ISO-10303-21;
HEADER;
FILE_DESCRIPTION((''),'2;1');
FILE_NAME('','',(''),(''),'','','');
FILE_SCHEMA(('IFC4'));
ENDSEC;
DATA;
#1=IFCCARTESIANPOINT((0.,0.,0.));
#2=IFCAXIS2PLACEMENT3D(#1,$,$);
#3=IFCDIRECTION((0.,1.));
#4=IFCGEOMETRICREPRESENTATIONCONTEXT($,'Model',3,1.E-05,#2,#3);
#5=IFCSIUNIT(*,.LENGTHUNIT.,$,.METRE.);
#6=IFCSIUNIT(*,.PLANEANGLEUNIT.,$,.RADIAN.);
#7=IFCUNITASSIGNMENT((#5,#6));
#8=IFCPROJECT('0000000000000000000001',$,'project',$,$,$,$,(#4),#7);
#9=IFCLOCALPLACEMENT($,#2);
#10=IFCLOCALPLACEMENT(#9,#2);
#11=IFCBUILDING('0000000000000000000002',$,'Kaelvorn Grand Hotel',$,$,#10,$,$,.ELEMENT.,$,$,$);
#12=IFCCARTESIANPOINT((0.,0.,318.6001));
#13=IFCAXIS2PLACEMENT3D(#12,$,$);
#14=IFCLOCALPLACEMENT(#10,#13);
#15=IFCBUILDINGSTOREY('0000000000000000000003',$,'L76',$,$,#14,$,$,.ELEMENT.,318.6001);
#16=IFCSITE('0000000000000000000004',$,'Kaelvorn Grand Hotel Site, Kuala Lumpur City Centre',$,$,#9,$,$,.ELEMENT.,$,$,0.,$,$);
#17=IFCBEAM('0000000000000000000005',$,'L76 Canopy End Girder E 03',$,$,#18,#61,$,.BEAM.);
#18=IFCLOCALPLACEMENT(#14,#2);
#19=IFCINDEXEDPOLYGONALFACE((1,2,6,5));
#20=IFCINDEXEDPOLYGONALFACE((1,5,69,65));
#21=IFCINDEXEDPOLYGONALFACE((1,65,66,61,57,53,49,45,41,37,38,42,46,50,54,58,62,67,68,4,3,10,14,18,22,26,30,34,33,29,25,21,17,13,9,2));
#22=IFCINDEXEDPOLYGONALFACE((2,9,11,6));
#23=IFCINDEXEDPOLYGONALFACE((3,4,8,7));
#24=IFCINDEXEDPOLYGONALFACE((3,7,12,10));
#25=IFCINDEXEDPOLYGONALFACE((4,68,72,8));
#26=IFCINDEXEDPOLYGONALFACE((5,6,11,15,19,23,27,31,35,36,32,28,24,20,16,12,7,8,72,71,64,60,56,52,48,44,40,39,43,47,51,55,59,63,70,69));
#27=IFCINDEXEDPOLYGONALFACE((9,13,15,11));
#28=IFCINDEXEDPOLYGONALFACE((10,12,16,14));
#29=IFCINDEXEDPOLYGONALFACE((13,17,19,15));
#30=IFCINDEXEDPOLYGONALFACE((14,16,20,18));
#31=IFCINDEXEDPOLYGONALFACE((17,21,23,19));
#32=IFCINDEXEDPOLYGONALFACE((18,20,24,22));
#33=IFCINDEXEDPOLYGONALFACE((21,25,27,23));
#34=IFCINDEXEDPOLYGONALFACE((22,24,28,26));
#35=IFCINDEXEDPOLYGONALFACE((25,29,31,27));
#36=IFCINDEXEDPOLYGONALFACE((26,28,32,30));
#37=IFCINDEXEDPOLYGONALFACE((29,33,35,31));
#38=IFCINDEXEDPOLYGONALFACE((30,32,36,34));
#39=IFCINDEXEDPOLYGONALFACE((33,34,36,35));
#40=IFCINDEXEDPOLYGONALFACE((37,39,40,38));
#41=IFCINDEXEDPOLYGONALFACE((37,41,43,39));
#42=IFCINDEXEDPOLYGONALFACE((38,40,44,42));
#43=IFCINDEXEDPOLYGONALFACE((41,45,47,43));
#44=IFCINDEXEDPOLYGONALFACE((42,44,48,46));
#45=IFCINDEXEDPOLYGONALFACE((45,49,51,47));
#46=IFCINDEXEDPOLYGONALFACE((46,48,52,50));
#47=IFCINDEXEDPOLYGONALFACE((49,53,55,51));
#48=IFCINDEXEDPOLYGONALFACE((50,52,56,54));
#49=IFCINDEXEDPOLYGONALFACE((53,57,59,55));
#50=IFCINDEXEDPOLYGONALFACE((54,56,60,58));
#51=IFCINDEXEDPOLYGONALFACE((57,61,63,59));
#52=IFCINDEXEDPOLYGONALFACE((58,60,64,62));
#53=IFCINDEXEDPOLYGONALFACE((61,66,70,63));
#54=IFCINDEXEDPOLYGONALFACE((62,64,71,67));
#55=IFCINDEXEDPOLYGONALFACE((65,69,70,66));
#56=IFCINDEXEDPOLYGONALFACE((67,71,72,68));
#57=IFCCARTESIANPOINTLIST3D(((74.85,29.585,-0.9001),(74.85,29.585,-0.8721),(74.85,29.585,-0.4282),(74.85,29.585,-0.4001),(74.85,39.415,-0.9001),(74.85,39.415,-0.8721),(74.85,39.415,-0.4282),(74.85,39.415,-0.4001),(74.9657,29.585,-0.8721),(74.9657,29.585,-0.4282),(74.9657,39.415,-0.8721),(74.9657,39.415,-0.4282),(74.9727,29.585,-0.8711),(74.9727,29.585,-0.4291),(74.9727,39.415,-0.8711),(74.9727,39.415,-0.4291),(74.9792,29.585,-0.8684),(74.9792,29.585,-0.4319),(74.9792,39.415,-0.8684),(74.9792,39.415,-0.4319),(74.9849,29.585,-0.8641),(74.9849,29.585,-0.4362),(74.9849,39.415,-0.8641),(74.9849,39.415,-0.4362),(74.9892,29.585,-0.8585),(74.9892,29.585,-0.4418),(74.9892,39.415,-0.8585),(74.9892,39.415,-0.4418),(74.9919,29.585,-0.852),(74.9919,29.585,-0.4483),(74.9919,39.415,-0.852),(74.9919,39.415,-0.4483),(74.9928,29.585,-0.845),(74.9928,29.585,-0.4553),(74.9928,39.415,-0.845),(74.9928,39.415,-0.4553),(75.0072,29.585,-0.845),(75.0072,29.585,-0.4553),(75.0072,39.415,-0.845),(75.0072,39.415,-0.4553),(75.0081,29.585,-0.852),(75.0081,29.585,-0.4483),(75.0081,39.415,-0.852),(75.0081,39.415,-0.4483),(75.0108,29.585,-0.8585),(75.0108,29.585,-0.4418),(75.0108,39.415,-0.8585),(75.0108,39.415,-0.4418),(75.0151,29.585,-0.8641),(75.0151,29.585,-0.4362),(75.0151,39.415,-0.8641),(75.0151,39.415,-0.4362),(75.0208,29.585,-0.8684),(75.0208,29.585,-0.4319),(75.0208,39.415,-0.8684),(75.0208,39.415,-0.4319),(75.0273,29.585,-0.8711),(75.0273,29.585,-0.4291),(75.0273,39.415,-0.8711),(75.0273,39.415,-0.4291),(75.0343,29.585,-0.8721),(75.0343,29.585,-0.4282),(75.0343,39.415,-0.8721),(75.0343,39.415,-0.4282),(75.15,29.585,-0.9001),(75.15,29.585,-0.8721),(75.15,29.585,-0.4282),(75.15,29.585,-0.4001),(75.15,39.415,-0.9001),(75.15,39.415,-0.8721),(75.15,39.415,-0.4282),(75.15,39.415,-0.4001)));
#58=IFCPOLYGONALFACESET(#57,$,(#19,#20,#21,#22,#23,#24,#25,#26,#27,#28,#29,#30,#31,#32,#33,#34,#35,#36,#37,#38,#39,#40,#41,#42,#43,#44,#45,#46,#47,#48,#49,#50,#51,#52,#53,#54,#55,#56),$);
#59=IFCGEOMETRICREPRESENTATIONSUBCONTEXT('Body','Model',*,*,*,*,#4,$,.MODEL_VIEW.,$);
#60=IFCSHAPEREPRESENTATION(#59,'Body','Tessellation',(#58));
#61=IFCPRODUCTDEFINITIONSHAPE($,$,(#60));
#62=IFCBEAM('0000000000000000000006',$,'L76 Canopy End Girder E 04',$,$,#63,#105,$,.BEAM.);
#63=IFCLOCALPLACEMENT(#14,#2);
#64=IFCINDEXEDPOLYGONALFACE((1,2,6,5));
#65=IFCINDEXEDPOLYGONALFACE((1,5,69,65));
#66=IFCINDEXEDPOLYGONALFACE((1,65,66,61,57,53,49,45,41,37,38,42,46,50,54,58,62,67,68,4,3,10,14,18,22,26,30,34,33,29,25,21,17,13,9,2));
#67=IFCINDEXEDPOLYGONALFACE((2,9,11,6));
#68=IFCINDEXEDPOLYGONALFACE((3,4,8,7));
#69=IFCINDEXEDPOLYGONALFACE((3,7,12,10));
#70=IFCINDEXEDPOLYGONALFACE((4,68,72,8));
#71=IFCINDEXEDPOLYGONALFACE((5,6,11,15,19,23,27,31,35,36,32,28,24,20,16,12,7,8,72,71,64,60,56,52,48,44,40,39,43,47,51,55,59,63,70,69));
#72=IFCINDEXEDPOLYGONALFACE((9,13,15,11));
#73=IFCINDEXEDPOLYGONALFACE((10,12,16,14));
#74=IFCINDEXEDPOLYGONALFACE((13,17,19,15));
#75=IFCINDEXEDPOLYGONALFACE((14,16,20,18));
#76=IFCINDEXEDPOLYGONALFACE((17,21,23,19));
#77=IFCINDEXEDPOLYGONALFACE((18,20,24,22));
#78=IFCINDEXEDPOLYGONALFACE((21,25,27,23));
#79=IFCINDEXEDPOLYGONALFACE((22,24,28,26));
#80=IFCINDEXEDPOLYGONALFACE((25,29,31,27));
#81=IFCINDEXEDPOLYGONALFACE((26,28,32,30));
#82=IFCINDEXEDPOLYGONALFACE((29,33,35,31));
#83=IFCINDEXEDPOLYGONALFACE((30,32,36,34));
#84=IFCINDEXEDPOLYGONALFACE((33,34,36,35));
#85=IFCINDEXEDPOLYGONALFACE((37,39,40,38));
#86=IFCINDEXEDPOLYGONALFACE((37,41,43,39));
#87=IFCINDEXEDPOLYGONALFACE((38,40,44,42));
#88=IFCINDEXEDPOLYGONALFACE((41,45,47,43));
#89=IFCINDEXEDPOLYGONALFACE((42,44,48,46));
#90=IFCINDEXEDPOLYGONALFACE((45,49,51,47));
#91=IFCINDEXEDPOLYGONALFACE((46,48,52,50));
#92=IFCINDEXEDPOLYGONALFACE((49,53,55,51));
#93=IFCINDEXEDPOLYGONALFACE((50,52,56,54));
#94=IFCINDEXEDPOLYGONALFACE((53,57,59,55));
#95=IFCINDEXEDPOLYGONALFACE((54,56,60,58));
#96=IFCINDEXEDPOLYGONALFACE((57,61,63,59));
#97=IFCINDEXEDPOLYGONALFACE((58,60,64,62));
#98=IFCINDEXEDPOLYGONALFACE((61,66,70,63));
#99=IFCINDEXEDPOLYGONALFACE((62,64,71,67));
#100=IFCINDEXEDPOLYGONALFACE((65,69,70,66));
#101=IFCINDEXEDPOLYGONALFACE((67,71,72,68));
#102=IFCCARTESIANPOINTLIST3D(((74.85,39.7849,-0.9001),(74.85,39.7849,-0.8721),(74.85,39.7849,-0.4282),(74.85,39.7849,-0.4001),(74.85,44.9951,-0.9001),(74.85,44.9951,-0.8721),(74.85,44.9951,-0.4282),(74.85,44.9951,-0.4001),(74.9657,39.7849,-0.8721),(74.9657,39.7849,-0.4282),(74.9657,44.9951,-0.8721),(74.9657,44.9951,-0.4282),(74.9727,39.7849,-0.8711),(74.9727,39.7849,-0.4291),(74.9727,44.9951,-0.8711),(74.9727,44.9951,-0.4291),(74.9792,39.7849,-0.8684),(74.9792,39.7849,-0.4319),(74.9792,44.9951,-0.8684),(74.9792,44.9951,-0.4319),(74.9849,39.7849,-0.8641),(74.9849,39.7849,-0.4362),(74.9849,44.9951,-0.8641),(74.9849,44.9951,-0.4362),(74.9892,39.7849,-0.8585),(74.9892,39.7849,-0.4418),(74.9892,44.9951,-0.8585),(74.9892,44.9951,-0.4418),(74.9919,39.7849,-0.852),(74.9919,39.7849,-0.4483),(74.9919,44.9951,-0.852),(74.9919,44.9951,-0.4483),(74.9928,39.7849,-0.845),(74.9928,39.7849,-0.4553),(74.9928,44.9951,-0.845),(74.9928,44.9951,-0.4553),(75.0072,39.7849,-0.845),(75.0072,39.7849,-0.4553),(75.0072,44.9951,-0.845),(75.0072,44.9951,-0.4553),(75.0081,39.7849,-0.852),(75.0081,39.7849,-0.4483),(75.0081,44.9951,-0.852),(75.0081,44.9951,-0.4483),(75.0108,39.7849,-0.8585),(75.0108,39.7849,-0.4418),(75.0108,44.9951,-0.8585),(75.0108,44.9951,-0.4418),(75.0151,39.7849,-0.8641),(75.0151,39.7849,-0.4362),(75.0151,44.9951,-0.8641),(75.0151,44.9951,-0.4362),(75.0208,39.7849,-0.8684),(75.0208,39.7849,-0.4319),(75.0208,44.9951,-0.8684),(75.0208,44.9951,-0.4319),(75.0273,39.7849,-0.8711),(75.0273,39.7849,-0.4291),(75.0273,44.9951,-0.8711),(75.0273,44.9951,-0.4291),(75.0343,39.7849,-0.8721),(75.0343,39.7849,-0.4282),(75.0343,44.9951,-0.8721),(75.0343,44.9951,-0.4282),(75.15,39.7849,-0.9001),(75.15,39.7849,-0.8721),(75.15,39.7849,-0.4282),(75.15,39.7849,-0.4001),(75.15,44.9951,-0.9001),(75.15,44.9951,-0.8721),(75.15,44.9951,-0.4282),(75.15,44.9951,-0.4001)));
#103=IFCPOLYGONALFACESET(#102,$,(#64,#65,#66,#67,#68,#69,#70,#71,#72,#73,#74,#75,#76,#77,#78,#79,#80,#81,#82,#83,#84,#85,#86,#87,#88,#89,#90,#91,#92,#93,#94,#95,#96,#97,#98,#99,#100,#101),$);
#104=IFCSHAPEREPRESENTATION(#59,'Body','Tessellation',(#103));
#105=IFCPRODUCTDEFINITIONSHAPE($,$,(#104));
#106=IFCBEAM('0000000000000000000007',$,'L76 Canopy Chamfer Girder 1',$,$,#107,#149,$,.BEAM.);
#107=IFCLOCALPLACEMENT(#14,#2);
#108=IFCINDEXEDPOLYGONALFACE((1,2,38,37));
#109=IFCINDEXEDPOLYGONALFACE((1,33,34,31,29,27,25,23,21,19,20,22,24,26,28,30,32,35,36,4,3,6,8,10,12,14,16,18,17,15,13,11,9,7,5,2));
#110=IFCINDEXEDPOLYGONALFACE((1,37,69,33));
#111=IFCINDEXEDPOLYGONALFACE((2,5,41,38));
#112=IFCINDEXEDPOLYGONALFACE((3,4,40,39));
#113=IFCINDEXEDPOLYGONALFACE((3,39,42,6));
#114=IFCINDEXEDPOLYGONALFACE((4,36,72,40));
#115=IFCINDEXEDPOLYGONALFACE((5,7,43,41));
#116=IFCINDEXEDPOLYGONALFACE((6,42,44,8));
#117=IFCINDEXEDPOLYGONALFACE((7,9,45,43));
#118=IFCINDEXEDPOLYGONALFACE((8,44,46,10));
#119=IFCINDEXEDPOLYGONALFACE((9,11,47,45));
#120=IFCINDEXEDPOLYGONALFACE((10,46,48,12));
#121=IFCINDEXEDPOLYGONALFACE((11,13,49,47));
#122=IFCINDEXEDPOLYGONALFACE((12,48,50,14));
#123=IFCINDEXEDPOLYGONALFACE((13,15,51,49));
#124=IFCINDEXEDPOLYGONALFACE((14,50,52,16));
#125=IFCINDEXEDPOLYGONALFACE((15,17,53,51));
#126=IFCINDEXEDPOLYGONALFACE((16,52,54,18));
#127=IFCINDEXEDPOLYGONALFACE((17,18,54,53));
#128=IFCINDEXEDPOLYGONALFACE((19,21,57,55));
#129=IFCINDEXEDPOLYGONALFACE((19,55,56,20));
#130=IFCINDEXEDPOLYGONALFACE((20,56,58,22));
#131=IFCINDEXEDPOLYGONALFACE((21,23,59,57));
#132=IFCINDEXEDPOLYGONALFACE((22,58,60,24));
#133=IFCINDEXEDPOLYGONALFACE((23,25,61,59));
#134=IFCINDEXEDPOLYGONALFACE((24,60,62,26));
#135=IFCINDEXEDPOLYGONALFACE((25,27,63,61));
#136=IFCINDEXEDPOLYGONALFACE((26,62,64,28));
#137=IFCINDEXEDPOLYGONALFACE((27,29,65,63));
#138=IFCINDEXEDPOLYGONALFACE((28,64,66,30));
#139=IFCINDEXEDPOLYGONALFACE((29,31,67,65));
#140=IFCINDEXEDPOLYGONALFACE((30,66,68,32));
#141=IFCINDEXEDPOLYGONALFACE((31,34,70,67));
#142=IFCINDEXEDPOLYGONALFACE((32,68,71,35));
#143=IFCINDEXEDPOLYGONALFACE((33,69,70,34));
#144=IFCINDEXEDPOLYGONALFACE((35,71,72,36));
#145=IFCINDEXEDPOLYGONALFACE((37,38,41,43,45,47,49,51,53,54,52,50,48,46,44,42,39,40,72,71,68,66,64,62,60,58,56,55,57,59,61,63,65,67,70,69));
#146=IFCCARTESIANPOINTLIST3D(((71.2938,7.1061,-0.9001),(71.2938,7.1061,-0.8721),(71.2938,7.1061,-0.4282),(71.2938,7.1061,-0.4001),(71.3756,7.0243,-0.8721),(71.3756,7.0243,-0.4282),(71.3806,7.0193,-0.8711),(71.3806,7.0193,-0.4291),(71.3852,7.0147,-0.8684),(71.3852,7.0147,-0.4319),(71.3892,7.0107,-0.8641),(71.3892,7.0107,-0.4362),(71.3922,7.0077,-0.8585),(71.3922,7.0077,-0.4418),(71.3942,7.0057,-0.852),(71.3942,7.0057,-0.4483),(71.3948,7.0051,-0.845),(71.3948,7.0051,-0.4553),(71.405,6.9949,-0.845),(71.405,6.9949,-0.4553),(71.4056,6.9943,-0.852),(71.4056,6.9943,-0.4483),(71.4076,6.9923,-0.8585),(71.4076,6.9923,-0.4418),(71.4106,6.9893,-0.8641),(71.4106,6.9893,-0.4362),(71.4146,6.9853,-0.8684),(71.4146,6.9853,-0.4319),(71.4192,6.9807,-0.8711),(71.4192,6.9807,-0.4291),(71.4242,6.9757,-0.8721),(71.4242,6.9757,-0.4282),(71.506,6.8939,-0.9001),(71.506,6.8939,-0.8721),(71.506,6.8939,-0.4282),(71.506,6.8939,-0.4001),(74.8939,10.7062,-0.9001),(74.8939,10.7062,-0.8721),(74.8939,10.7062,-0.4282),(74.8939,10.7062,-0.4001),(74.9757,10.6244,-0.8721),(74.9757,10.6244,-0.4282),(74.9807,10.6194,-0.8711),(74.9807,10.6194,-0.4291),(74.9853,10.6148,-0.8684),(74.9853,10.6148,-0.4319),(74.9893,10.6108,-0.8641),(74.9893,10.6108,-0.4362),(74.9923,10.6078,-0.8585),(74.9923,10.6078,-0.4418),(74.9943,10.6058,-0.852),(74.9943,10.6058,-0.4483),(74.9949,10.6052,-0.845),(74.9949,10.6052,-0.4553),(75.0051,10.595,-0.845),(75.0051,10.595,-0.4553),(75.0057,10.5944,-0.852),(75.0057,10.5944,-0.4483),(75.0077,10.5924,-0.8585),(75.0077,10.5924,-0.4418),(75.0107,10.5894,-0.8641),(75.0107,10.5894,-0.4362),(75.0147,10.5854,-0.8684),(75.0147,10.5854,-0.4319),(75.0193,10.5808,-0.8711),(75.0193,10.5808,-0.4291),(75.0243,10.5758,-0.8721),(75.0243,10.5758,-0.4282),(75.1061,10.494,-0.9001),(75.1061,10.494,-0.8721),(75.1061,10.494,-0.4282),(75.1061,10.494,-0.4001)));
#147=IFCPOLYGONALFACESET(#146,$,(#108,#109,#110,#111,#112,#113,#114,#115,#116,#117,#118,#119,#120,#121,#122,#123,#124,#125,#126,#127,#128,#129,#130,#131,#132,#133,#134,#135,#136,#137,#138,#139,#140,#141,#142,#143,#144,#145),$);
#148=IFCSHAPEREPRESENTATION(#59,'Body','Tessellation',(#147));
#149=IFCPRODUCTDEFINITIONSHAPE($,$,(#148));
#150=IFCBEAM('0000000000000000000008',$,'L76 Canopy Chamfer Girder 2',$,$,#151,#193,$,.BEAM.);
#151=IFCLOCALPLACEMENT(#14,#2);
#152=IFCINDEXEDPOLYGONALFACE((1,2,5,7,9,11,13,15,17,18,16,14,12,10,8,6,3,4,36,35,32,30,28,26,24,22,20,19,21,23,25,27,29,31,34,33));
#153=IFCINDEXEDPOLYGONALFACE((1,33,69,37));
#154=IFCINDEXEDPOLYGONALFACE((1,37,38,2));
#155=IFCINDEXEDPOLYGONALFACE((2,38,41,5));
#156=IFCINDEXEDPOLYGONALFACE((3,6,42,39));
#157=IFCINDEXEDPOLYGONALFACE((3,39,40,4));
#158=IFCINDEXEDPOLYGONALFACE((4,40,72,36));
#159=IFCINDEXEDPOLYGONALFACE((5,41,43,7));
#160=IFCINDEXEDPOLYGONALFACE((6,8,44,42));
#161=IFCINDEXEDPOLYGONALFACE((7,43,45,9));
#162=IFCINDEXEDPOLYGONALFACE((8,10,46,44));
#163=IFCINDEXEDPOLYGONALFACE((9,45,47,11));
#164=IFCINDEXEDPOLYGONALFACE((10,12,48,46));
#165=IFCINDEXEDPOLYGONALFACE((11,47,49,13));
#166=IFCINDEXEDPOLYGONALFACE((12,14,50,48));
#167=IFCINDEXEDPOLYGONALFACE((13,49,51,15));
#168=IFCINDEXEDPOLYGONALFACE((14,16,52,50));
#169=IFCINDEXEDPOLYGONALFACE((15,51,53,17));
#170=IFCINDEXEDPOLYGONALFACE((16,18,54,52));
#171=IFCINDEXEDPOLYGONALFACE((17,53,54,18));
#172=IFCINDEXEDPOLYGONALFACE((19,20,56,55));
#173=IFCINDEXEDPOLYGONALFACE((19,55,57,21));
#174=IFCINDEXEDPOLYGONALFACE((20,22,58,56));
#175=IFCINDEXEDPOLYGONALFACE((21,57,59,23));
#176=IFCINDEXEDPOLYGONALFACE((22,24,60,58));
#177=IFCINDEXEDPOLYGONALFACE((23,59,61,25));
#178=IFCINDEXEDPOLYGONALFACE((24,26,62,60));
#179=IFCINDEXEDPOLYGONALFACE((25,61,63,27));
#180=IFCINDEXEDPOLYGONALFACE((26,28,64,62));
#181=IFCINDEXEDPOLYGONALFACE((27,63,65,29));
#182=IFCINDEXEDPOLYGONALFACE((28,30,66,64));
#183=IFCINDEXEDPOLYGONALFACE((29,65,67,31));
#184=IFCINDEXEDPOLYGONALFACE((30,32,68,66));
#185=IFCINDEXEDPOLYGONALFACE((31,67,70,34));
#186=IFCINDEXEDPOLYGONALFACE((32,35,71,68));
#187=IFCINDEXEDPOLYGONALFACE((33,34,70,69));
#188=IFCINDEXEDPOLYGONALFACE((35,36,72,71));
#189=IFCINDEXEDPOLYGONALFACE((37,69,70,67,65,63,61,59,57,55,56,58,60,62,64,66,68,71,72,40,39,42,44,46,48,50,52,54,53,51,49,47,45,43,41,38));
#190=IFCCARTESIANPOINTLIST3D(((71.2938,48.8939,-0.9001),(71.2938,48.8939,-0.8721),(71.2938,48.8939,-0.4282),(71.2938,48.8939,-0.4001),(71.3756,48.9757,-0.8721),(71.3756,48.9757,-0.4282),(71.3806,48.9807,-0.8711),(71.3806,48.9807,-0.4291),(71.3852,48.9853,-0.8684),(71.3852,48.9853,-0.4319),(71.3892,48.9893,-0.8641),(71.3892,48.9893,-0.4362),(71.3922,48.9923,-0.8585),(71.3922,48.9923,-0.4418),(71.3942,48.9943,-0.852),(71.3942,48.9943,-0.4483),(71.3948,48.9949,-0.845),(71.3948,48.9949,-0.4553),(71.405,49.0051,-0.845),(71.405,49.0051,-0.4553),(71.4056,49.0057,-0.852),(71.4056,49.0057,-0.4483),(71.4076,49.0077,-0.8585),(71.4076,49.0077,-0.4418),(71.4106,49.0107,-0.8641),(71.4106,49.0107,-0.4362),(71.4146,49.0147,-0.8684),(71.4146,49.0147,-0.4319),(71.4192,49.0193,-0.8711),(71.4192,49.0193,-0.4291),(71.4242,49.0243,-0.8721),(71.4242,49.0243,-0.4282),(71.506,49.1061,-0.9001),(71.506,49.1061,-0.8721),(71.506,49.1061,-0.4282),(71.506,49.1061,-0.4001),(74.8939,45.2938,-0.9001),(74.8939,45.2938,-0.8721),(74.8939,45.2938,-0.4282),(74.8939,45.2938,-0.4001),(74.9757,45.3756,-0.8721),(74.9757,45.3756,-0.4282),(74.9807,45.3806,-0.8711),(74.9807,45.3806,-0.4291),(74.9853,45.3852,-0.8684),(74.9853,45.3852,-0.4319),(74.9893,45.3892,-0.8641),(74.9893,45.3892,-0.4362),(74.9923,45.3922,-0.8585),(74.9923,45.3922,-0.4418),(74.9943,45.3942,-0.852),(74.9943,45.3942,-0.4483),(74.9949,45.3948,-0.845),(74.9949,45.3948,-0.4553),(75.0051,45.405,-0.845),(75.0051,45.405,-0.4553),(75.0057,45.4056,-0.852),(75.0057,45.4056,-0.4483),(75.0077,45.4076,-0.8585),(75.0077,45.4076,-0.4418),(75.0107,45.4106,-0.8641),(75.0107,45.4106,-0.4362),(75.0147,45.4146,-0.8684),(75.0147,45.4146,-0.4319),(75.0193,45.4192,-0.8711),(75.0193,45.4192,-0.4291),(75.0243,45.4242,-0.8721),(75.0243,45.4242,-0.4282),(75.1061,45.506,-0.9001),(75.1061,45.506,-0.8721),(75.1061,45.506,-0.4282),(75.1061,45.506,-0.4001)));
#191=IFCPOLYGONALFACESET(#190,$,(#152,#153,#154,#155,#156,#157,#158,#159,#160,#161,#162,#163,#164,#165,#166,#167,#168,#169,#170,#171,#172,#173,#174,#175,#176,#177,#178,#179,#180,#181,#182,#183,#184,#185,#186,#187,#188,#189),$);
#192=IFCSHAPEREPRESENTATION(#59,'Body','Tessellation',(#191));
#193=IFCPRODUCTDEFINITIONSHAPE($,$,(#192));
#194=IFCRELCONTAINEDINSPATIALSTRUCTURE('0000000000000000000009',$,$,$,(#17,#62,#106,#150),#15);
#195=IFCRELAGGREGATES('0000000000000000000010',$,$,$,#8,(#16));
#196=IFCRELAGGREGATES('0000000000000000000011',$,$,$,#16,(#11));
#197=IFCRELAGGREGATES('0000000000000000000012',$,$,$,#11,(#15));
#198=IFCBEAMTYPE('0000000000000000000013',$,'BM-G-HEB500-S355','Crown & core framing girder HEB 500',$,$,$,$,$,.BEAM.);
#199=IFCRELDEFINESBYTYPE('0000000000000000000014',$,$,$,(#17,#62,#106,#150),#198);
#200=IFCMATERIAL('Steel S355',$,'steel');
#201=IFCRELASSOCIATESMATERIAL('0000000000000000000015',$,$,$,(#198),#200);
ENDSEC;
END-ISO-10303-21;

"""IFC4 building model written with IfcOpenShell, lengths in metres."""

from ifc_helpers import new_model, si_unit, direction, frame, origin, origin_2d, place, context, subcontext, project, spatial, i_section, extrude, material, material_profile, profile_set, type_object, element, save


model = new_model("IFC4")

# Units and contexts
model_context = context("Model", 3, precision=1e-05, world=origin(), true_north=direction((0.0, 1.0)))
body_context = subcontext(model_context, "Body", "Model", "MODEL_VIEW")
ifc_project = project(units=[si_unit("LENGTHUNIT", "METRE"), si_unit("PLANEANGLEUNIT", "RADIAN")], contexts=[model_context])

# Site, building, storey
site_placement = place(None, origin())
site = spatial("IfcSite", under=ifc_project, at=site_placement, Name="Kaelvorn Grand Hotel Site, Kuala Lumpur City Centre", CompositionType="ELEMENT", RefElevation=0.0)
building_placement = place(site_placement, origin())
building = spatial("IfcBuilding", under=site, at=building_placement, Name="Kaelvorn Grand Hotel", CompositionType="ELEMENT")
storey_placement = place(building_placement, frame((0.0, 0.0, 318.6001)))
storey = spatial("IfcBuildingStorey", under=building, at=storey_placement, Name="L76", CompositionType="ELEMENT", Elevation=318.6001)

# Beams
ifc_material_1 = material(Name="Steel S355", Category="steel")
ifc_material_profile_1 = material_profile(ifc_material_1, i_section(OverallWidth=0.3, OverallDepth=0.5, WebThickness=0.0144, FlangeThickness=0.0281, FilletRadius=0.0271, at=origin_2d()), Name="HEB 500")
ifc_profile_set_1 = profile_set([ifc_material_profile_1], Name="Steel S355")
beam_type = type_object("IfcBeamType", Name="BM-G-HEB500-S355", Description="Crown & core framing girder HEB 500", PredefinedType="BEAM", material=ifc_profile_set_1)
beam_1_placement = place(storey_placement, frame((75.0, 29.585, -0.6501), z_axis=(0.0, 1.0, 0.0), x_axis=(-1.0, 0.0, 0.0)))
element("IfcBeam", 1, at=beam_1_placement, inside=storey, type_object=beam_type, Name="L76 Canopy End Girder E 03", PredefinedType="BEAM", context=body_context, shape_type="SweptSolid", body=[
    extrude(i_section(OverallWidth=0.3, OverallDepth=0.5, WebThickness=0.0144, FlangeThickness=0.0281, FilletRadius=0.0271, at=origin_2d()), origin(), (0.0, 0.0, 1.0), 9.8301),
])
beam_2_placement = place(storey_placement, frame((75.0, 39.7849, -0.6501), z_axis=(0.0, 1.0, 0.0), x_axis=(-1.0, 0.0, 0.0)))
element("IfcBeam", 2, at=beam_2_placement, inside=storey, type_object=beam_type, Name="L76 Canopy End Girder E 04", PredefinedType="BEAM", context=body_context, shape_type="SweptSolid", body=[
    extrude(i_section(OverallWidth=0.3, OverallDepth=0.5, WebThickness=0.0144, FlangeThickness=0.0281, FilletRadius=0.0271, at=origin_2d()), origin(), (0.0, 0.0, 1.0), 5.2102),
])
for number, where, z_axis, x_axis, name in (
    (3, (71.3999, 7.0, -0.6501), (0.707107, 0.707107, 0.0), (-0.707107, 0.707107, 0.0), "L76 Canopy Chamfer Girder 1"),
    (4, (75.0, 45.3999, -0.6501), (-0.707107, 0.707107, 0.0), (-0.707107, -0.707107, 0.0), "L76 Canopy Chamfer Girder 2"),
):
    element("IfcBeam", number, at=place(storey_placement, frame(where, z_axis=z_axis, x_axis=x_axis)), inside=storey, type_object=beam_type, Name=name, PredefinedType="BEAM", context=body_context, shape_type="SweptSolid", body=[
        extrude(i_section(OverallWidth=0.3, OverallDepth=0.5, WebThickness=0.0144, FlangeThickness=0.0281, FilletRadius=0.0271, at=origin_2d()), origin(), (0.0, 0.0, 1.0), 5.0913),
    ])

save(model, "model.ifc")
